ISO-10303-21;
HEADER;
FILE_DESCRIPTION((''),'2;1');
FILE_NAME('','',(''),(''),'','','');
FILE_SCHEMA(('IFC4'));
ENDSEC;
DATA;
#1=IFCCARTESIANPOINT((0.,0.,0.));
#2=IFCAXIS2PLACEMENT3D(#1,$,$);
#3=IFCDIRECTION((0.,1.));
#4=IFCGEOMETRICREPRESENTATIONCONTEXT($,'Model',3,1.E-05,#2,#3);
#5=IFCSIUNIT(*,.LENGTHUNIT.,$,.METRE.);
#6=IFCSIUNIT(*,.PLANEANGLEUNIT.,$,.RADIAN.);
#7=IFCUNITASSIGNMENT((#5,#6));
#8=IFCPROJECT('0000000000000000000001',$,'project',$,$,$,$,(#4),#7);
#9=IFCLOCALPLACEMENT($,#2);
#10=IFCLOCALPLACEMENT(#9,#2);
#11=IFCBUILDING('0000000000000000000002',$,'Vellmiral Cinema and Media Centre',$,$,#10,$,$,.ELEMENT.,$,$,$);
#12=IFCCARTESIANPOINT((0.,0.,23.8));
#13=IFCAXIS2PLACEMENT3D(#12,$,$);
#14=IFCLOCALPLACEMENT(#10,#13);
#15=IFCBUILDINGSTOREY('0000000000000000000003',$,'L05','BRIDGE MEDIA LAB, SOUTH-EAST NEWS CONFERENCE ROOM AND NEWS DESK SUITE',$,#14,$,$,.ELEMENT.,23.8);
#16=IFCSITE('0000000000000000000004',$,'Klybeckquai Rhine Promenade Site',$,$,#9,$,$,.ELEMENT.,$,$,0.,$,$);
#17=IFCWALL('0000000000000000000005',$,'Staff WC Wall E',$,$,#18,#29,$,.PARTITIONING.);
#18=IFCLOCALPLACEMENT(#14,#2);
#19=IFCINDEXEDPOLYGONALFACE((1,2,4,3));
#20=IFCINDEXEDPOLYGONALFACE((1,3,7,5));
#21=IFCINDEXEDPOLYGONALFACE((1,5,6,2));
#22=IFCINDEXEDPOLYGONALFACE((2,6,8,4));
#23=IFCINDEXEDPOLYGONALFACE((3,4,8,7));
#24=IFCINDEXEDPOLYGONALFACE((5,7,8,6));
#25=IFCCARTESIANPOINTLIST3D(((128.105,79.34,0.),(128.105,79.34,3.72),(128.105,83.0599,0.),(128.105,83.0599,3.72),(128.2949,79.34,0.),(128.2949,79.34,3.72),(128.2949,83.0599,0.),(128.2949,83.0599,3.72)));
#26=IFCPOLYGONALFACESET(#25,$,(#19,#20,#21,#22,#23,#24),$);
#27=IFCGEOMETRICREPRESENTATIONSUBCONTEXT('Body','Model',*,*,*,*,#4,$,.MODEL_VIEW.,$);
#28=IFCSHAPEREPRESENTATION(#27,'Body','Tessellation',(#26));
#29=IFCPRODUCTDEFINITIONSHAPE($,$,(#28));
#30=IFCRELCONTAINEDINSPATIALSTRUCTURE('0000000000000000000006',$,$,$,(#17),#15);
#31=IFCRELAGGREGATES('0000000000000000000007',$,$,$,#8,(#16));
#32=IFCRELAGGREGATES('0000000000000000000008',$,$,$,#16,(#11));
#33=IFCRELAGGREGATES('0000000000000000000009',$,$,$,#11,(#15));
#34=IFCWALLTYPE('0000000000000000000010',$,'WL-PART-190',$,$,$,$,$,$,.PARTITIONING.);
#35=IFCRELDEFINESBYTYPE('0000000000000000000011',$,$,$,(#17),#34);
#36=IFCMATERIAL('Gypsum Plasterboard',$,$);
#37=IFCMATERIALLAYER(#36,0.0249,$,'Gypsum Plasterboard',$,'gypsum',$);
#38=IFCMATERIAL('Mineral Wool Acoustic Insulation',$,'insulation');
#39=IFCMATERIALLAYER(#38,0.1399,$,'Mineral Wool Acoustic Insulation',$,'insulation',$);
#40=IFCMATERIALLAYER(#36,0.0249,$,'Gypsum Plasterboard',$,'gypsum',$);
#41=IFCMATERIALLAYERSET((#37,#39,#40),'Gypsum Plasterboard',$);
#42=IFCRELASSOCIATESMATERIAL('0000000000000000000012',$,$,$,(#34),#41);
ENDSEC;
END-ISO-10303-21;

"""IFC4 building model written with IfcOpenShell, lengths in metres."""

from ifc_helpers import new_model, si_unit, direction, frame, frame_2d, origin, place, context, subcontext, project, spatial, rectangle, extrude, material, layer, layer_set, type_object, element, save


model = new_model("IFC4")

# Units and contexts
model_context = context("Model", 3, precision=1e-05, world=origin(), true_north=direction((0.0, 1.0)))
body_context = subcontext(model_context, "Body", "Model", "MODEL_VIEW")
ifc_project = project(units=[si_unit("LENGTHUNIT", "METRE"), si_unit("PLANEANGLEUNIT", "RADIAN")], contexts=[model_context])

# Site, building, storey
site_placement = place(None, origin())
site = spatial("IfcSite", under=ifc_project, at=site_placement, Name="Klybeckquai Rhine Promenade Site", CompositionType="ELEMENT", RefElevation=0.0)
building_placement = place(site_placement, origin())
building = spatial("IfcBuilding", under=site, at=building_placement, Name="Vellmiral Cinema and Media Centre", CompositionType="ELEMENT")
storey_placement = place(building_placement, frame((0.0, 0.0, 23.8)))
storey = spatial("IfcBuildingStorey", under=building, at=storey_placement, Name="L05", Description="BRIDGE MEDIA LAB, SOUTH-EAST NEWS CONFERENCE ROOM AND NEWS DESK SUITE", CompositionType="ELEMENT", Elevation=23.8)

# Wall
ifc_material_1 = material(Name="Gypsum Plasterboard")
ifc_layer_1 = layer(ifc_material_1, 0.0249, Name="Gypsum Plasterboard", Category="gypsum")
ifc_material_2 = material(Name="Mineral Wool Acoustic Insulation", Category="insulation")
ifc_layer_2 = layer(ifc_material_2, 0.1399, Name="Mineral Wool Acoustic Insulation", Category="insulation")
ifc_layer_3 = layer(ifc_material_1, 0.0249, Name="Gypsum Plasterboard", Category="gypsum")
ifc_layer_set_1 = layer_set([ifc_layer_1, ifc_layer_2, ifc_layer_3], Name="Gypsum Plasterboard")
wall_type_1 = type_object("IfcWallType", Name="WL-PART-190", PredefinedType="PARTITIONING", material=ifc_layer_set_1)
wall_1_placement = place(storey_placement, frame((128.2, 79.3401, 0.0), z_axis=(0.0, 0.0, 1.0), x_axis=(0.0, 1.0, 0.0)))
element("IfcWall", 1, at=wall_1_placement, inside=storey, type_object=wall_type_1, Name="Staff WC Wall E", PredefinedType="PARTITIONING", context=body_context, shape_type="SweptSolid", body=[
    extrude(rectangle(XDim=3.72, YDim=0.1899, at=frame_2d((1.8599, 0.0))), origin(), (0.0, 0.0, 1.0), 3.72),
])

save(model, "model.ifc")
